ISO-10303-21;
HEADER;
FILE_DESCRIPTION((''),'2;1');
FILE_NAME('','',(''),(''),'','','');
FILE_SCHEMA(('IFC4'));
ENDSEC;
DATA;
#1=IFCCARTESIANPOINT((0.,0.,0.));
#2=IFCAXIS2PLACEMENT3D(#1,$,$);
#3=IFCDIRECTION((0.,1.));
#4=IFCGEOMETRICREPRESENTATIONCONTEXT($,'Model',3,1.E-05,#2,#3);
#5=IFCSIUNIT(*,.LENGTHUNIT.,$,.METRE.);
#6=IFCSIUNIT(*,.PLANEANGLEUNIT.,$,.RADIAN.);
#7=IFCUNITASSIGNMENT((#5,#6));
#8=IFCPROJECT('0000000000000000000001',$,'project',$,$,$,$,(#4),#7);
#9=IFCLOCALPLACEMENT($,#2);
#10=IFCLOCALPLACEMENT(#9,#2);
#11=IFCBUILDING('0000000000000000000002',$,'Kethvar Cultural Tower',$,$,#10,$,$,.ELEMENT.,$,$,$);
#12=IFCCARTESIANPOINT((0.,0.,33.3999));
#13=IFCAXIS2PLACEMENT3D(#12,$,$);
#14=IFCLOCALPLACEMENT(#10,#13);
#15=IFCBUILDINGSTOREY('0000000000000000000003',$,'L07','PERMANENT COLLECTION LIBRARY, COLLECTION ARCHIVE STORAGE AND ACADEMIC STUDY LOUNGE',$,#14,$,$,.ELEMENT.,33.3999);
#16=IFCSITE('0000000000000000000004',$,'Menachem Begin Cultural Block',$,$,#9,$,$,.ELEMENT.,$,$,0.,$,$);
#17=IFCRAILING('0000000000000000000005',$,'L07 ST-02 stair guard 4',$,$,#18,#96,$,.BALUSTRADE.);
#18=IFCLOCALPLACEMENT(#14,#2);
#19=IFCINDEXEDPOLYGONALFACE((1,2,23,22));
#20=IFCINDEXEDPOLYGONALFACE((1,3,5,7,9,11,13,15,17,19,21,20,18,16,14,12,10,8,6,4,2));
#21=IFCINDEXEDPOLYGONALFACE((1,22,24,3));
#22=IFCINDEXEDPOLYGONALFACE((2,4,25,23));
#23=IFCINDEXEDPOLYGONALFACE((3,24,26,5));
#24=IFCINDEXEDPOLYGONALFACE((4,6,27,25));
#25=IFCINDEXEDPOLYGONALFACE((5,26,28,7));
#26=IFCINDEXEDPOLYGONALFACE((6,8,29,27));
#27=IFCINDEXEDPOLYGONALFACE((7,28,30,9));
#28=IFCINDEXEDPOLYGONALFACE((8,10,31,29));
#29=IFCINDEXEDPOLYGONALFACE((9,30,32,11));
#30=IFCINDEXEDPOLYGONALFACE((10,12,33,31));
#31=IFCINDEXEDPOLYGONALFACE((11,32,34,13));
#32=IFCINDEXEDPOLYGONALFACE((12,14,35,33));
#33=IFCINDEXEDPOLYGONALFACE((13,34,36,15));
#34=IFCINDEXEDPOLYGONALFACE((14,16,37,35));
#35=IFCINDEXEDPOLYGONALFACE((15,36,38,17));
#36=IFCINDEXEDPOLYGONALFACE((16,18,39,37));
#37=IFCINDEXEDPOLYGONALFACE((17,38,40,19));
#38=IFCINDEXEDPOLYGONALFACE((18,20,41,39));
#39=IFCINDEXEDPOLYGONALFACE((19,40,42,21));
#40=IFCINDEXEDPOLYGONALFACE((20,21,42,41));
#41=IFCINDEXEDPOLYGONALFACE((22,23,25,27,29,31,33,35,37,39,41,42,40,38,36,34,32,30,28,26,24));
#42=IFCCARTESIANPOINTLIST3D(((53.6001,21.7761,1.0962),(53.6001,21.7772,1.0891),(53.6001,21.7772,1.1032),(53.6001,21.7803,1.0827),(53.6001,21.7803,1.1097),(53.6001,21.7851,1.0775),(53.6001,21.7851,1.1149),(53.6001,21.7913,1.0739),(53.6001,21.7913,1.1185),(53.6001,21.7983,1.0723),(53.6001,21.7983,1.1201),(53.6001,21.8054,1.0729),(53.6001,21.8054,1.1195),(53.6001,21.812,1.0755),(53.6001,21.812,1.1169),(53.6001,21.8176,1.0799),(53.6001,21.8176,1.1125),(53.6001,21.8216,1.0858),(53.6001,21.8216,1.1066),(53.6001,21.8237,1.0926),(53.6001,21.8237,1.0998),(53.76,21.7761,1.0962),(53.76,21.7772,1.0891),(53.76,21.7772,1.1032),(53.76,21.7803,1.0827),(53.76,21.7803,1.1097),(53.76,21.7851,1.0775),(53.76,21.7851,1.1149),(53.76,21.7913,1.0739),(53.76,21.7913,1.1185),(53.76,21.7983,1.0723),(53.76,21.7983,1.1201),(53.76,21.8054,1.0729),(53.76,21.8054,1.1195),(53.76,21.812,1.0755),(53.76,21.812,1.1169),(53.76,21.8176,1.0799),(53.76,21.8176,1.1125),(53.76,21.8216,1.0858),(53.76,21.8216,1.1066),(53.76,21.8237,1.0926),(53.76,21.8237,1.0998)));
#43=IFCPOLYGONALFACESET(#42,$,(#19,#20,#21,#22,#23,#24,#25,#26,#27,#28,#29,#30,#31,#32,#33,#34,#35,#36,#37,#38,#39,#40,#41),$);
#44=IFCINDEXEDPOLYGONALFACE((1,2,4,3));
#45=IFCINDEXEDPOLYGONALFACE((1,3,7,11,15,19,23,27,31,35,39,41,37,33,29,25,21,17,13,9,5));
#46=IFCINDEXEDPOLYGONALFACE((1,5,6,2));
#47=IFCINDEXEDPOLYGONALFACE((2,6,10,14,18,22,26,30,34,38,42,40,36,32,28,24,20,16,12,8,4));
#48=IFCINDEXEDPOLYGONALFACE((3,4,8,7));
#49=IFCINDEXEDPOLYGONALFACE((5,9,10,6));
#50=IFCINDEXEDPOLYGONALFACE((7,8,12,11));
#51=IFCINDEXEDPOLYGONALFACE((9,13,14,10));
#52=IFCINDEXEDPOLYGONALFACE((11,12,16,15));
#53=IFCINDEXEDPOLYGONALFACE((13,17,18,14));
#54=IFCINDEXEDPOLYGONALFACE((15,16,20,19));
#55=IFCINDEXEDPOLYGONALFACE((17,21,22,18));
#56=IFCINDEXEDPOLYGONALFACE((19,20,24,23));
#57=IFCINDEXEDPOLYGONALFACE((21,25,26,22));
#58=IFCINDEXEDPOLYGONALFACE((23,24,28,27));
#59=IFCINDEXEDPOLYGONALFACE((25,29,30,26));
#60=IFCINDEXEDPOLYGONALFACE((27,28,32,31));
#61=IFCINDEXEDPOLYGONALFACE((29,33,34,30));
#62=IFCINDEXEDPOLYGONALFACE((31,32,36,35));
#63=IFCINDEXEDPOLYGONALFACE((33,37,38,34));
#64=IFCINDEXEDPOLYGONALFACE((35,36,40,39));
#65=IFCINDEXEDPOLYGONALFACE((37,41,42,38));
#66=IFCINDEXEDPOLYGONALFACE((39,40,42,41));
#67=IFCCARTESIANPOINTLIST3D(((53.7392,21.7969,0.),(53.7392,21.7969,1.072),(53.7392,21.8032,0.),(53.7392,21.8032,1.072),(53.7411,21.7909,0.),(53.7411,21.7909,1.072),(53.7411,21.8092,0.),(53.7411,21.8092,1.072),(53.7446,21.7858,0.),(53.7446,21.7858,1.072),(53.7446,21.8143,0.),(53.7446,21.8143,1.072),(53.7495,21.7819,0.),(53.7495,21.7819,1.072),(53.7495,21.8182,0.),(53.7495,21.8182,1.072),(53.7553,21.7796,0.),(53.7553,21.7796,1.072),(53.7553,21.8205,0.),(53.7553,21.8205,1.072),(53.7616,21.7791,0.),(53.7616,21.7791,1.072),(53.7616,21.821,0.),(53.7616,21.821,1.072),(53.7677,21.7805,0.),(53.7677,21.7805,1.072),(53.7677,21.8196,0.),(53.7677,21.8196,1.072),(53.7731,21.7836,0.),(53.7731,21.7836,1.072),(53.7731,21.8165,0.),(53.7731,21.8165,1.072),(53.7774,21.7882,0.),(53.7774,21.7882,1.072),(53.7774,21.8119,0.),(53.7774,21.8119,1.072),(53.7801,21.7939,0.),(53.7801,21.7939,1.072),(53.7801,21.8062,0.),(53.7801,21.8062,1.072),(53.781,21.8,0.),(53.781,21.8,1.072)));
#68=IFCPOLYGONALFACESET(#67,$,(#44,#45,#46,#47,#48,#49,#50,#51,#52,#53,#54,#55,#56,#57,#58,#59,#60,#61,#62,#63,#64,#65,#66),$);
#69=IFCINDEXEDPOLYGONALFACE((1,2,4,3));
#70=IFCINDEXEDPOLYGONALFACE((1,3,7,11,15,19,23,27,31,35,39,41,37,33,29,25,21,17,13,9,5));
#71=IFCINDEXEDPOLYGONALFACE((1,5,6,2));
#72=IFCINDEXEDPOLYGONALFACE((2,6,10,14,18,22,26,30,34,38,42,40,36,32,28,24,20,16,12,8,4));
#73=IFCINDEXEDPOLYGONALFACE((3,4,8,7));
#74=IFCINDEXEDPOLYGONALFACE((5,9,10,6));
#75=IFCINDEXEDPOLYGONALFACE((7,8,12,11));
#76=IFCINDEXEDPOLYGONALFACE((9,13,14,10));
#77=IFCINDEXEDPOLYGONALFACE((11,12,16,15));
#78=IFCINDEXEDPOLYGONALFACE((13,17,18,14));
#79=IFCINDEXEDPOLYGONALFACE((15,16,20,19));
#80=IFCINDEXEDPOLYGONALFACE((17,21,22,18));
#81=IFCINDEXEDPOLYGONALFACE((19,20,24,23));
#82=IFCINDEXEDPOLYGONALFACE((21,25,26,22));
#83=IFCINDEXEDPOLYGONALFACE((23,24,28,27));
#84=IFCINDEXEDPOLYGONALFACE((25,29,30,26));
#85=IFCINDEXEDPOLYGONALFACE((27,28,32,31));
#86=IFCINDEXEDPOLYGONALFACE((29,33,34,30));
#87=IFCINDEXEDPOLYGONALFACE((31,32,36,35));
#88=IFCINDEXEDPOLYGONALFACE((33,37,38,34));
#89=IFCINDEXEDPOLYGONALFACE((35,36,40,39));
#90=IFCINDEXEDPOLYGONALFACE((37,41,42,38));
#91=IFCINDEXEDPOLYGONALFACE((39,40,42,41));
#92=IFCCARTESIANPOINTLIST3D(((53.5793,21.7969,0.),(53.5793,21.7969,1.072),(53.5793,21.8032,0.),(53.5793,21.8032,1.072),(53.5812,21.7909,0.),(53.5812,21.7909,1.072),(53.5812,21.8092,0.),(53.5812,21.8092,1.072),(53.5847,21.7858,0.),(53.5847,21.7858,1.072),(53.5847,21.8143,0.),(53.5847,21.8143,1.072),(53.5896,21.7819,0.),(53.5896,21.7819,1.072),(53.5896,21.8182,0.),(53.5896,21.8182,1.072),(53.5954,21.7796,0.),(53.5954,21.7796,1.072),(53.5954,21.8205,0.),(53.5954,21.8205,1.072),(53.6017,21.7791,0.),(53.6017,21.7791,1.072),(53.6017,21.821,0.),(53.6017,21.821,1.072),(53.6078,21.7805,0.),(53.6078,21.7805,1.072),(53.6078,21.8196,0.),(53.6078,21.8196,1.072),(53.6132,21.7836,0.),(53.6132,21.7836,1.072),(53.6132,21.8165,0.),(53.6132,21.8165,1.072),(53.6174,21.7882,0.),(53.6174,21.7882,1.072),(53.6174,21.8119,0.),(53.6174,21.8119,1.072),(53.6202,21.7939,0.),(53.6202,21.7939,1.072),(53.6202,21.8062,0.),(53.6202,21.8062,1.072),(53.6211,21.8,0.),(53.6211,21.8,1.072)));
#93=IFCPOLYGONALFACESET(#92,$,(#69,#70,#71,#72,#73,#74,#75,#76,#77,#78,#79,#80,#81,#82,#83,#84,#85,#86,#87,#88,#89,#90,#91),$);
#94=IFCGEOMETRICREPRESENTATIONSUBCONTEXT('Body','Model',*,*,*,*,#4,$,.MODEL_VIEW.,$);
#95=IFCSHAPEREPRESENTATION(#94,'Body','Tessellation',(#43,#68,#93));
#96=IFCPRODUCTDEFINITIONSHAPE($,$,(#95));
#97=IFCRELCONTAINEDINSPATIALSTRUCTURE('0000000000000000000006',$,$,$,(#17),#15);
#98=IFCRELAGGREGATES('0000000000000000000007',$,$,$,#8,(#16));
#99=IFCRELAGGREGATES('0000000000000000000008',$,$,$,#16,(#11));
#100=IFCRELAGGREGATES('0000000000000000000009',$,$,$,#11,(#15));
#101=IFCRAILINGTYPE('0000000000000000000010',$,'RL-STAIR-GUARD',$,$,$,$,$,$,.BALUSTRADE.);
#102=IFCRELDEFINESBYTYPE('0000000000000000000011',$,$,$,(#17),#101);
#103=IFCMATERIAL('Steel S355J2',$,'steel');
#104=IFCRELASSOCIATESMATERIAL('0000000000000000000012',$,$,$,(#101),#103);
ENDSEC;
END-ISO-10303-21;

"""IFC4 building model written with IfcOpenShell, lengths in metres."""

from ifc_helpers import new_model, si_unit, direction, frame, origin, origin_2d, place, context, subcontext, project, spatial, circle, extrude, material, type_object, element, save


model = new_model("IFC4")

# Units and contexts
model_context = context("Model", 3, precision=1e-05, world=origin(), true_north=direction((0.0, 1.0)))
body_context = subcontext(model_context, "Body", "Model", "MODEL_VIEW")
ifc_project = project(units=[si_unit("LENGTHUNIT", "METRE"), si_unit("PLANEANGLEUNIT", "RADIAN")], contexts=[model_context])

# Site, building, storey
site_placement = place(None, origin())
site = spatial("IfcSite", under=ifc_project, at=site_placement, Name="Menachem Begin Cultural Block", CompositionType="ELEMENT", RefElevation=0.0)
building_placement = place(site_placement, origin())
building = spatial("IfcBuilding", under=site, at=building_placement, Name="Kethvar Cultural Tower", CompositionType="ELEMENT")
storey_placement = place(building_placement, frame((0.0, 0.0, 33.3999)))
storey = spatial("IfcBuildingStorey", under=building, at=storey_placement, Name="L07", Description="PERMANENT COLLECTION LIBRARY, COLLECTION ARCHIVE STORAGE AND ACADEMIC STUDY LOUNGE", CompositionType="ELEMENT", Elevation=33.3999)

# Shared definitions
ifc_material_1 = material(Name="Steel S355J2", Category="steel")

# Railing
railing_type_1 = type_object("IfcRailingType", Name="RL-STAIR-GUARD", PredefinedType="BALUSTRADE", material=ifc_material_1)
railing_1_placement = place(storey_placement, frame((53.76, 21.8, 0.0)))
element("IfcRailing", 1, at=railing_1_placement, inside=storey, type_object=railing_type_1, Name="L07 ST-02 stair guard 4", PredefinedType="BALUSTRADE", context=body_context, shape_type="SweptSolid", body=[
    extrude(circle(Radius=0.0239, at=origin_2d()), frame((0.0, 0.0, 1.0962), z_axis=(-1.0, 0.0, 0.0), x_axis=(0.0, -1.0, 0.0)), (0.0, 0.0, 1.0), 0.1599),
    extrude(circle(Radius=0.021, at=origin_2d()), origin(), (0.0, 0.0, 1.0), 1.072),
    extrude(circle(Radius=0.021, at=origin_2d()), frame((-0.1599, 0.0, 0.0)), (0.0, 0.0, 1.0), 1.072),
])

save(model, "model.ifc")
